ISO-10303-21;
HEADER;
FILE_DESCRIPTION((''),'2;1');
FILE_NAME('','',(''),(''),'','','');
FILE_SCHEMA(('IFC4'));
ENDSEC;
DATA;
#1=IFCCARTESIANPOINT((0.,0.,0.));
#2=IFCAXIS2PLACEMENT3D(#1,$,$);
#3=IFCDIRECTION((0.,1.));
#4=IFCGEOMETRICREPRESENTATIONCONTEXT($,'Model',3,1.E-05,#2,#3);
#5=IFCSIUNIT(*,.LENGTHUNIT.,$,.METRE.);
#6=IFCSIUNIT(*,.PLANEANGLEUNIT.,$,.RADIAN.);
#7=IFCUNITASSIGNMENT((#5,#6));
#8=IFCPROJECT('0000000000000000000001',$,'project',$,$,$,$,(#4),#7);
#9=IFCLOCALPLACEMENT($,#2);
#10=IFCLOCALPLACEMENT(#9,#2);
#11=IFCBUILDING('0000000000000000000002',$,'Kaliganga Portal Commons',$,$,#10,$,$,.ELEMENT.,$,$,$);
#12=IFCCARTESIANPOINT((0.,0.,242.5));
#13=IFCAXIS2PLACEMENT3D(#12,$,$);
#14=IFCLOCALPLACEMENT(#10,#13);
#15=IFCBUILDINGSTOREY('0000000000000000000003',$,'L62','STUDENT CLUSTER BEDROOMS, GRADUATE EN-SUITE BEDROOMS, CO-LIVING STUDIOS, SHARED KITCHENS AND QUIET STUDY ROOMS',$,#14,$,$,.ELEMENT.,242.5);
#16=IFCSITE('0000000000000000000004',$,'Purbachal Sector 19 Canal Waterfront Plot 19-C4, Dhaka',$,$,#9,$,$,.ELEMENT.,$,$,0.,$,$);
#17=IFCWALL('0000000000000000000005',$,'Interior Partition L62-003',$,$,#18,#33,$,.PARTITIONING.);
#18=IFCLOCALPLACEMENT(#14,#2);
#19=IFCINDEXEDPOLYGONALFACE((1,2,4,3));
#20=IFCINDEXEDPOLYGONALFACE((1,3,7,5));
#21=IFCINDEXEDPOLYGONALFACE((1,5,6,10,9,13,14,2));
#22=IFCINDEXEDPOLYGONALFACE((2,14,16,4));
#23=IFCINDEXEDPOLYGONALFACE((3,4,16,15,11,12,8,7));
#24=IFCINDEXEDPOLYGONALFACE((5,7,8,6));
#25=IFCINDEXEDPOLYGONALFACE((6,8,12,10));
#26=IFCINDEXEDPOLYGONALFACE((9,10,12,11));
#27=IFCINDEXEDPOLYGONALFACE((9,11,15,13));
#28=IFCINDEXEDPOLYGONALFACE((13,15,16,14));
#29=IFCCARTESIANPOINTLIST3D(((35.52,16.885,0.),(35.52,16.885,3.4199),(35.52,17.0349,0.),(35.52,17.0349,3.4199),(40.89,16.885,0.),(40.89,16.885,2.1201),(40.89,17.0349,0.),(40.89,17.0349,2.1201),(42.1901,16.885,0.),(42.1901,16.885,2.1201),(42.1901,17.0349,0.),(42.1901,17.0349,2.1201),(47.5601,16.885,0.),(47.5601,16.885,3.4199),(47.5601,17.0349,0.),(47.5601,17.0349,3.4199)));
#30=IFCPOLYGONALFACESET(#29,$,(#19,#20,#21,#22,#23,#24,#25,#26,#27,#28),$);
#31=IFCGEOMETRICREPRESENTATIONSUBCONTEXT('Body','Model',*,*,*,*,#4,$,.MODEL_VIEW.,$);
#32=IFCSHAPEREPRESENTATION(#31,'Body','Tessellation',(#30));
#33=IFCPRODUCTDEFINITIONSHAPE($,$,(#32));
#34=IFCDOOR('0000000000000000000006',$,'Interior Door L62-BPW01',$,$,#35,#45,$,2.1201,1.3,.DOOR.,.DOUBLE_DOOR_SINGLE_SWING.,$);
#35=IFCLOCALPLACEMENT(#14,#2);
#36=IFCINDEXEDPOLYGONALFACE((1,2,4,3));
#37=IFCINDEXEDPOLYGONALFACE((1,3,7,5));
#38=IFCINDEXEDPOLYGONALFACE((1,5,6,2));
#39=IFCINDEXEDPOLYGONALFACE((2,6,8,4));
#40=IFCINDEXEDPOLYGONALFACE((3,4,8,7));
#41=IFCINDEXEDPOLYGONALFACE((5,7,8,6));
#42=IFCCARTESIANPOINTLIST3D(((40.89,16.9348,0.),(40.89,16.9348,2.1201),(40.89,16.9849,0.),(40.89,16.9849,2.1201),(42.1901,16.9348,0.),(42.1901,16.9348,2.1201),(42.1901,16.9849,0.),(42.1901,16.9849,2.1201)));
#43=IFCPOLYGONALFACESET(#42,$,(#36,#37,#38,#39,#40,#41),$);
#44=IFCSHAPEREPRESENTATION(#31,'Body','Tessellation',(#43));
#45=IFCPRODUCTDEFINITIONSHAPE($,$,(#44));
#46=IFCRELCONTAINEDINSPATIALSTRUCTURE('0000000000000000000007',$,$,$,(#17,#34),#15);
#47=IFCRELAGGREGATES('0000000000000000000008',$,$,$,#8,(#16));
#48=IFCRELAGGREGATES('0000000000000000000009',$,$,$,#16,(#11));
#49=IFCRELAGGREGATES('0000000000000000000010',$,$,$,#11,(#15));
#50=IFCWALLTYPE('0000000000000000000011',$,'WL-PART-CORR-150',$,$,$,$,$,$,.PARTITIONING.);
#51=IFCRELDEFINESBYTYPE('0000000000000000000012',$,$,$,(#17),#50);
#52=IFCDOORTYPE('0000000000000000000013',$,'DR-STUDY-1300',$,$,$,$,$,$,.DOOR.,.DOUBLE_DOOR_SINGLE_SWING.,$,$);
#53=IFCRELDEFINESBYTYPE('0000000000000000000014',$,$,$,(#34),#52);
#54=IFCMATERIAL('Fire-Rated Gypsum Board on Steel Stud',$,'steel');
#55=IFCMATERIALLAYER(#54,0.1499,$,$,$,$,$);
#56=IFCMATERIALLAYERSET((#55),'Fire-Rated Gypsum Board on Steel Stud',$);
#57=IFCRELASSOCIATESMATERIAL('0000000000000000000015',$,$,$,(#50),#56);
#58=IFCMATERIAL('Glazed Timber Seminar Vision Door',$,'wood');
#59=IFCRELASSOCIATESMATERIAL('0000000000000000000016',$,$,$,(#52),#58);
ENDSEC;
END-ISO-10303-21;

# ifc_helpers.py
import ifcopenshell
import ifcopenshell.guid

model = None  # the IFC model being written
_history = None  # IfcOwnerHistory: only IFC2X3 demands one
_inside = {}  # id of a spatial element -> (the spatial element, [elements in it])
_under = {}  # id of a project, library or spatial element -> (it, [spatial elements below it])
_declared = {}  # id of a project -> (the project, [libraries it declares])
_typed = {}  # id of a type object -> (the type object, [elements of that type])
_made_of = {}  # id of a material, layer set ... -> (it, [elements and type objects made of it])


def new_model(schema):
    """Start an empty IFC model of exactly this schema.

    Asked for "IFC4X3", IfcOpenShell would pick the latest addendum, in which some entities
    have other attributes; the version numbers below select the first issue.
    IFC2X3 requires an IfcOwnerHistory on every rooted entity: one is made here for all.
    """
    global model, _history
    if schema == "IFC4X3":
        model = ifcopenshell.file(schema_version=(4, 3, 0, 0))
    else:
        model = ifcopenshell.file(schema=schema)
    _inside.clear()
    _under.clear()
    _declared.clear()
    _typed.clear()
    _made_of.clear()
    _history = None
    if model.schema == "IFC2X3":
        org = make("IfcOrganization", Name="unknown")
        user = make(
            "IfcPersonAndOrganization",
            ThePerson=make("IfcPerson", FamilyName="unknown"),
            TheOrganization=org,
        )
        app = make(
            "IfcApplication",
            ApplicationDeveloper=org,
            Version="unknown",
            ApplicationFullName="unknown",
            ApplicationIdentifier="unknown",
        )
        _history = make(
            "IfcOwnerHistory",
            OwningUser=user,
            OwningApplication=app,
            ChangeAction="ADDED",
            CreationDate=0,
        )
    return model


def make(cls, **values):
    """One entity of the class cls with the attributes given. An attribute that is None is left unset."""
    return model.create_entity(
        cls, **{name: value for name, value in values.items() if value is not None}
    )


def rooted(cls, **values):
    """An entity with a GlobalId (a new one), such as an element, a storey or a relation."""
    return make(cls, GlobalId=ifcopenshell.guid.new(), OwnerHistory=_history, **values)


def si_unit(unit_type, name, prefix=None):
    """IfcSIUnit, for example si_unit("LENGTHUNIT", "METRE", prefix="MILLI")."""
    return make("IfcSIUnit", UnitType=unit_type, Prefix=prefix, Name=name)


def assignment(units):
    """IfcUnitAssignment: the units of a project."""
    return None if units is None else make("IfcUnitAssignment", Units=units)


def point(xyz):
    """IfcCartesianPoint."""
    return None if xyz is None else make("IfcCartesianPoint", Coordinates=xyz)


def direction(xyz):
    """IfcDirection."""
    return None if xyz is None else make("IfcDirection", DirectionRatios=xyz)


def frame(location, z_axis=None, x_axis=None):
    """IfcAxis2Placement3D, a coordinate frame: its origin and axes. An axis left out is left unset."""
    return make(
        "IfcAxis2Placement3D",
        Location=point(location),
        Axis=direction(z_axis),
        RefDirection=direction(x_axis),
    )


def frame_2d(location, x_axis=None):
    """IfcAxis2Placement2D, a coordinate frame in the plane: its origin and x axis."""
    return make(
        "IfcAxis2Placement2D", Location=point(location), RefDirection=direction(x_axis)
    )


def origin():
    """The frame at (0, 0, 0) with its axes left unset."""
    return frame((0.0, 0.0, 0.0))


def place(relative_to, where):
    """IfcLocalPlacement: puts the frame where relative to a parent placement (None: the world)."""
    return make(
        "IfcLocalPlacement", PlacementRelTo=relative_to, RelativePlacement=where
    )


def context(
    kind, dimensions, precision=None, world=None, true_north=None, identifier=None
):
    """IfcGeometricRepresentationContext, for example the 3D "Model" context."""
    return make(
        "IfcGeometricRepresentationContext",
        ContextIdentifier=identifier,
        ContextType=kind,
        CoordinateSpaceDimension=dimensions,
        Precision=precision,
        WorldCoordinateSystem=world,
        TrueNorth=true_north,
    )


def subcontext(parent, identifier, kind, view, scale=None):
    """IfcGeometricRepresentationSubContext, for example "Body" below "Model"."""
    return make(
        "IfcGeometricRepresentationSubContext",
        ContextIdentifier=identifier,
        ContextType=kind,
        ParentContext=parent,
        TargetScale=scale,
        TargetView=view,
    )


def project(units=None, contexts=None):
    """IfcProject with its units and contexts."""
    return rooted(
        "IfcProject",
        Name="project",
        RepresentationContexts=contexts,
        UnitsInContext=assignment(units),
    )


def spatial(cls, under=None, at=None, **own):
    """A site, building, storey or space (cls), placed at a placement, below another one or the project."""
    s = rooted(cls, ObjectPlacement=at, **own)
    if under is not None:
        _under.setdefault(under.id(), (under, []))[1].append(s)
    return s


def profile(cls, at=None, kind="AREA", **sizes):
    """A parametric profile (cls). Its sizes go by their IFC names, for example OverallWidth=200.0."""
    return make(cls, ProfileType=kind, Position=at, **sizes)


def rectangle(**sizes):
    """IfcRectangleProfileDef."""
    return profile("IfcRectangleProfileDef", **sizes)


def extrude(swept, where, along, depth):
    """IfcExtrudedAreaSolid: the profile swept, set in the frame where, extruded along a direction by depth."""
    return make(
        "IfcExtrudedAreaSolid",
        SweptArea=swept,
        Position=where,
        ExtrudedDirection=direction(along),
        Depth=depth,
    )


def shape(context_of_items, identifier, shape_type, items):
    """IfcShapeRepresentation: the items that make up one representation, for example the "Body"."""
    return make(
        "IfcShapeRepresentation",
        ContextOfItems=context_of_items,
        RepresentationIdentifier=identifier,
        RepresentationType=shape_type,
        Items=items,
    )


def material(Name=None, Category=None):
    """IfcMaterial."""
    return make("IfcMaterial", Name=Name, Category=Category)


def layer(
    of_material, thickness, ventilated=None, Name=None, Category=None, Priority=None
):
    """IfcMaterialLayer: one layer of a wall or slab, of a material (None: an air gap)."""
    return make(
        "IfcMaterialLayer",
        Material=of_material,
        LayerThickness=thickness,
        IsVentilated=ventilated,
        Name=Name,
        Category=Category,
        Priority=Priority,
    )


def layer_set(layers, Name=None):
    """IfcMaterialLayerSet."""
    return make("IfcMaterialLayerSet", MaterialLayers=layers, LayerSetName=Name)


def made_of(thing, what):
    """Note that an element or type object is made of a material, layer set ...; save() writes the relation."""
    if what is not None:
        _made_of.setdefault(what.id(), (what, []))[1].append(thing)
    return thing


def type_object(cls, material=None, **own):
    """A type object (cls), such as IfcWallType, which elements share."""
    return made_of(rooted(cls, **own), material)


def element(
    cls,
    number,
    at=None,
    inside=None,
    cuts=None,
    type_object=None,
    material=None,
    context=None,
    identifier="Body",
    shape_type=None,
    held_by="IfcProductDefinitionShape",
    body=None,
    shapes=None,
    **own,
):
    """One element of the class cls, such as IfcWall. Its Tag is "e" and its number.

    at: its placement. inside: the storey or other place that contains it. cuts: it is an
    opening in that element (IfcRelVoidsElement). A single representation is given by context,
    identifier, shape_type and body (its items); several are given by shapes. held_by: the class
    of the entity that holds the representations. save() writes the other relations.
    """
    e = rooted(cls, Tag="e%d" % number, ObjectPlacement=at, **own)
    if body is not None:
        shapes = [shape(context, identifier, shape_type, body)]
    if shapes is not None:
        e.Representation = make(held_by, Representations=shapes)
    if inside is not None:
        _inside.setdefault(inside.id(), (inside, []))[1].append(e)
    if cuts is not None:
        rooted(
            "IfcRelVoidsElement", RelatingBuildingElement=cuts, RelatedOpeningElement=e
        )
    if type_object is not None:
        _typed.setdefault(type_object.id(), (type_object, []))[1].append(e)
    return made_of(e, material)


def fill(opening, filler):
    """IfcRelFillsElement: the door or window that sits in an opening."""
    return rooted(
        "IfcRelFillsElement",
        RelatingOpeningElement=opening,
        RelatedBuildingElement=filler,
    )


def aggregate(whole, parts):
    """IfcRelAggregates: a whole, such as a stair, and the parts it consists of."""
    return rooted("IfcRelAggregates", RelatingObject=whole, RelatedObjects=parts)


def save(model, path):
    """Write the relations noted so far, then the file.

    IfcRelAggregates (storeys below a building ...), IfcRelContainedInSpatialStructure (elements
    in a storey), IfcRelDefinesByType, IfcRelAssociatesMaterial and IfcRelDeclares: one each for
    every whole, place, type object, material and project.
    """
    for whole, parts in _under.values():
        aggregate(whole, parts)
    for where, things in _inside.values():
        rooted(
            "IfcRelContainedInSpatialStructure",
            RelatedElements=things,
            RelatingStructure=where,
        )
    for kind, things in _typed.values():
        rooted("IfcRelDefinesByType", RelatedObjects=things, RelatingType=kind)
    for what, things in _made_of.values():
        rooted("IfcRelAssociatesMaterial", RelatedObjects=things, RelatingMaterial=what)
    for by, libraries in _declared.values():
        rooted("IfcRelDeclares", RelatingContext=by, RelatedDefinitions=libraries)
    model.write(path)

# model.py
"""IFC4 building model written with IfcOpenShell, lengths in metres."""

from ifc_helpers import new_model, si_unit, direction, frame, frame_2d, origin, place, context, subcontext, project, spatial, rectangle, extrude, material, layer, layer_set, type_object, element, fill, save


model = new_model("IFC4")

# Units and contexts
model_context = context("Model", 3, precision=1e-05, world=origin(), true_north=direction((0.0, 1.0)))
body_context = subcontext(model_context, "Body", "Model", "MODEL_VIEW")
ifc_project = project(units=[si_unit("LENGTHUNIT", "METRE"), si_unit("PLANEANGLEUNIT", "RADIAN")], contexts=[model_context])

# Site, building, storey
site_placement = place(None, origin())
site = spatial("IfcSite", under=ifc_project, at=site_placement, Name="Purbachal Sector 19 Canal Waterfront Plot 19-C4, Dhaka", CompositionType="ELEMENT", RefElevation=0.0)
building_placement = place(site_placement, origin())
building = spatial("IfcBuilding", under=site, at=building_placement, Name="Kaliganga Portal Commons", CompositionType="ELEMENT")
storey_placement = place(building_placement, frame((0.0, 0.0, 242.5)))
storey = spatial("IfcBuildingStorey", under=building, at=storey_placement, Name="L62", Description="STUDENT CLUSTER BEDROOMS, GRADUATE EN-SUITE BEDROOMS, CO-LIVING STUDIOS, SHARED KITCHENS AND QUIET STUDY ROOMS", CompositionType="ELEMENT", Elevation=242.5)

# Wall, opening, door
ifc_material_1 = material(Name="Fire-Rated Gypsum Board on Steel Stud", Category="steel")
ifc_layer_1 = layer(ifc_material_1, 0.1499)
ifc_layer_set_1 = layer_set([ifc_layer_1], Name="Fire-Rated Gypsum Board on Steel Stud")
wall_type_1 = type_object("IfcWallType", Name="WL-PART-CORR-150", PredefinedType="PARTITIONING", material=ifc_layer_set_1)
wall_1_placement = place(storey_placement, frame((35.52, 16.96, 0.0), z_axis=(0.0, 0.0, 1.0), x_axis=(1.0, 0.0, 0.0)))
wall_1 = element("IfcWall", 1, at=wall_1_placement, inside=storey, type_object=wall_type_1, Name="Interior Partition L62-003", PredefinedType="PARTITIONING", context=body_context, shape_type="SweptSolid", body=[
    extrude(rectangle(XDim=12.04, YDim=0.1499, at=frame_2d((6.02, 0.0))), origin(), (0.0, 0.0, 1.0), 3.4199),
])
opening_placement = place(wall_1_placement, frame((5.3701, 0.0, 0.0)))
opening = element("IfcOpeningElement", 2, at=opening_placement, cuts=wall_1, PredefinedType="OPENING", context=body_context, shape_type="SweptSolid", body=[
    extrude(rectangle(XDim=1.3, YDim=2.1201, at=frame_2d((0.6499, 1.0601))), frame((0.0, 0.085, 0.0), z_axis=(0.0, -1.0, 0.0), x_axis=(1.0, 0.0, 0.0)), (0.0, 0.0, 1.0), 0.1699),
])
ifc_material_2 = material(Name="Glazed Timber Seminar Vision Door", Category="wood")
door_type = type_object("IfcDoorType", Name="DR-STUDY-1300", OperationType="DOUBLE_DOOR_SINGLE_SWING", PredefinedType="DOOR", material=ifc_material_2)
door_placement = place(opening_placement, origin())
door = element("IfcDoor", 3, at=door_placement, inside=storey, type_object=door_type, Name="Interior Door L62-BPW01", OperationType="DOUBLE_DOOR_SINGLE_SWING", OverallHeight=2.1201, OverallWidth=1.3, PredefinedType="DOOR", context=body_context, shape_type="SweptSolid", body=[
    extrude(rectangle(XDim=1.3, YDim=2.1201, at=frame_2d((0.6499, 1.0601))), frame((0.0, 0.0249, 0.0), z_axis=(0.0, -1.0, 0.0), x_axis=(1.0, 0.0, 0.0)), (0.0, 0.0, 1.0), 0.05),
])
fill(opening, door)

save(model, "model.ifc")
